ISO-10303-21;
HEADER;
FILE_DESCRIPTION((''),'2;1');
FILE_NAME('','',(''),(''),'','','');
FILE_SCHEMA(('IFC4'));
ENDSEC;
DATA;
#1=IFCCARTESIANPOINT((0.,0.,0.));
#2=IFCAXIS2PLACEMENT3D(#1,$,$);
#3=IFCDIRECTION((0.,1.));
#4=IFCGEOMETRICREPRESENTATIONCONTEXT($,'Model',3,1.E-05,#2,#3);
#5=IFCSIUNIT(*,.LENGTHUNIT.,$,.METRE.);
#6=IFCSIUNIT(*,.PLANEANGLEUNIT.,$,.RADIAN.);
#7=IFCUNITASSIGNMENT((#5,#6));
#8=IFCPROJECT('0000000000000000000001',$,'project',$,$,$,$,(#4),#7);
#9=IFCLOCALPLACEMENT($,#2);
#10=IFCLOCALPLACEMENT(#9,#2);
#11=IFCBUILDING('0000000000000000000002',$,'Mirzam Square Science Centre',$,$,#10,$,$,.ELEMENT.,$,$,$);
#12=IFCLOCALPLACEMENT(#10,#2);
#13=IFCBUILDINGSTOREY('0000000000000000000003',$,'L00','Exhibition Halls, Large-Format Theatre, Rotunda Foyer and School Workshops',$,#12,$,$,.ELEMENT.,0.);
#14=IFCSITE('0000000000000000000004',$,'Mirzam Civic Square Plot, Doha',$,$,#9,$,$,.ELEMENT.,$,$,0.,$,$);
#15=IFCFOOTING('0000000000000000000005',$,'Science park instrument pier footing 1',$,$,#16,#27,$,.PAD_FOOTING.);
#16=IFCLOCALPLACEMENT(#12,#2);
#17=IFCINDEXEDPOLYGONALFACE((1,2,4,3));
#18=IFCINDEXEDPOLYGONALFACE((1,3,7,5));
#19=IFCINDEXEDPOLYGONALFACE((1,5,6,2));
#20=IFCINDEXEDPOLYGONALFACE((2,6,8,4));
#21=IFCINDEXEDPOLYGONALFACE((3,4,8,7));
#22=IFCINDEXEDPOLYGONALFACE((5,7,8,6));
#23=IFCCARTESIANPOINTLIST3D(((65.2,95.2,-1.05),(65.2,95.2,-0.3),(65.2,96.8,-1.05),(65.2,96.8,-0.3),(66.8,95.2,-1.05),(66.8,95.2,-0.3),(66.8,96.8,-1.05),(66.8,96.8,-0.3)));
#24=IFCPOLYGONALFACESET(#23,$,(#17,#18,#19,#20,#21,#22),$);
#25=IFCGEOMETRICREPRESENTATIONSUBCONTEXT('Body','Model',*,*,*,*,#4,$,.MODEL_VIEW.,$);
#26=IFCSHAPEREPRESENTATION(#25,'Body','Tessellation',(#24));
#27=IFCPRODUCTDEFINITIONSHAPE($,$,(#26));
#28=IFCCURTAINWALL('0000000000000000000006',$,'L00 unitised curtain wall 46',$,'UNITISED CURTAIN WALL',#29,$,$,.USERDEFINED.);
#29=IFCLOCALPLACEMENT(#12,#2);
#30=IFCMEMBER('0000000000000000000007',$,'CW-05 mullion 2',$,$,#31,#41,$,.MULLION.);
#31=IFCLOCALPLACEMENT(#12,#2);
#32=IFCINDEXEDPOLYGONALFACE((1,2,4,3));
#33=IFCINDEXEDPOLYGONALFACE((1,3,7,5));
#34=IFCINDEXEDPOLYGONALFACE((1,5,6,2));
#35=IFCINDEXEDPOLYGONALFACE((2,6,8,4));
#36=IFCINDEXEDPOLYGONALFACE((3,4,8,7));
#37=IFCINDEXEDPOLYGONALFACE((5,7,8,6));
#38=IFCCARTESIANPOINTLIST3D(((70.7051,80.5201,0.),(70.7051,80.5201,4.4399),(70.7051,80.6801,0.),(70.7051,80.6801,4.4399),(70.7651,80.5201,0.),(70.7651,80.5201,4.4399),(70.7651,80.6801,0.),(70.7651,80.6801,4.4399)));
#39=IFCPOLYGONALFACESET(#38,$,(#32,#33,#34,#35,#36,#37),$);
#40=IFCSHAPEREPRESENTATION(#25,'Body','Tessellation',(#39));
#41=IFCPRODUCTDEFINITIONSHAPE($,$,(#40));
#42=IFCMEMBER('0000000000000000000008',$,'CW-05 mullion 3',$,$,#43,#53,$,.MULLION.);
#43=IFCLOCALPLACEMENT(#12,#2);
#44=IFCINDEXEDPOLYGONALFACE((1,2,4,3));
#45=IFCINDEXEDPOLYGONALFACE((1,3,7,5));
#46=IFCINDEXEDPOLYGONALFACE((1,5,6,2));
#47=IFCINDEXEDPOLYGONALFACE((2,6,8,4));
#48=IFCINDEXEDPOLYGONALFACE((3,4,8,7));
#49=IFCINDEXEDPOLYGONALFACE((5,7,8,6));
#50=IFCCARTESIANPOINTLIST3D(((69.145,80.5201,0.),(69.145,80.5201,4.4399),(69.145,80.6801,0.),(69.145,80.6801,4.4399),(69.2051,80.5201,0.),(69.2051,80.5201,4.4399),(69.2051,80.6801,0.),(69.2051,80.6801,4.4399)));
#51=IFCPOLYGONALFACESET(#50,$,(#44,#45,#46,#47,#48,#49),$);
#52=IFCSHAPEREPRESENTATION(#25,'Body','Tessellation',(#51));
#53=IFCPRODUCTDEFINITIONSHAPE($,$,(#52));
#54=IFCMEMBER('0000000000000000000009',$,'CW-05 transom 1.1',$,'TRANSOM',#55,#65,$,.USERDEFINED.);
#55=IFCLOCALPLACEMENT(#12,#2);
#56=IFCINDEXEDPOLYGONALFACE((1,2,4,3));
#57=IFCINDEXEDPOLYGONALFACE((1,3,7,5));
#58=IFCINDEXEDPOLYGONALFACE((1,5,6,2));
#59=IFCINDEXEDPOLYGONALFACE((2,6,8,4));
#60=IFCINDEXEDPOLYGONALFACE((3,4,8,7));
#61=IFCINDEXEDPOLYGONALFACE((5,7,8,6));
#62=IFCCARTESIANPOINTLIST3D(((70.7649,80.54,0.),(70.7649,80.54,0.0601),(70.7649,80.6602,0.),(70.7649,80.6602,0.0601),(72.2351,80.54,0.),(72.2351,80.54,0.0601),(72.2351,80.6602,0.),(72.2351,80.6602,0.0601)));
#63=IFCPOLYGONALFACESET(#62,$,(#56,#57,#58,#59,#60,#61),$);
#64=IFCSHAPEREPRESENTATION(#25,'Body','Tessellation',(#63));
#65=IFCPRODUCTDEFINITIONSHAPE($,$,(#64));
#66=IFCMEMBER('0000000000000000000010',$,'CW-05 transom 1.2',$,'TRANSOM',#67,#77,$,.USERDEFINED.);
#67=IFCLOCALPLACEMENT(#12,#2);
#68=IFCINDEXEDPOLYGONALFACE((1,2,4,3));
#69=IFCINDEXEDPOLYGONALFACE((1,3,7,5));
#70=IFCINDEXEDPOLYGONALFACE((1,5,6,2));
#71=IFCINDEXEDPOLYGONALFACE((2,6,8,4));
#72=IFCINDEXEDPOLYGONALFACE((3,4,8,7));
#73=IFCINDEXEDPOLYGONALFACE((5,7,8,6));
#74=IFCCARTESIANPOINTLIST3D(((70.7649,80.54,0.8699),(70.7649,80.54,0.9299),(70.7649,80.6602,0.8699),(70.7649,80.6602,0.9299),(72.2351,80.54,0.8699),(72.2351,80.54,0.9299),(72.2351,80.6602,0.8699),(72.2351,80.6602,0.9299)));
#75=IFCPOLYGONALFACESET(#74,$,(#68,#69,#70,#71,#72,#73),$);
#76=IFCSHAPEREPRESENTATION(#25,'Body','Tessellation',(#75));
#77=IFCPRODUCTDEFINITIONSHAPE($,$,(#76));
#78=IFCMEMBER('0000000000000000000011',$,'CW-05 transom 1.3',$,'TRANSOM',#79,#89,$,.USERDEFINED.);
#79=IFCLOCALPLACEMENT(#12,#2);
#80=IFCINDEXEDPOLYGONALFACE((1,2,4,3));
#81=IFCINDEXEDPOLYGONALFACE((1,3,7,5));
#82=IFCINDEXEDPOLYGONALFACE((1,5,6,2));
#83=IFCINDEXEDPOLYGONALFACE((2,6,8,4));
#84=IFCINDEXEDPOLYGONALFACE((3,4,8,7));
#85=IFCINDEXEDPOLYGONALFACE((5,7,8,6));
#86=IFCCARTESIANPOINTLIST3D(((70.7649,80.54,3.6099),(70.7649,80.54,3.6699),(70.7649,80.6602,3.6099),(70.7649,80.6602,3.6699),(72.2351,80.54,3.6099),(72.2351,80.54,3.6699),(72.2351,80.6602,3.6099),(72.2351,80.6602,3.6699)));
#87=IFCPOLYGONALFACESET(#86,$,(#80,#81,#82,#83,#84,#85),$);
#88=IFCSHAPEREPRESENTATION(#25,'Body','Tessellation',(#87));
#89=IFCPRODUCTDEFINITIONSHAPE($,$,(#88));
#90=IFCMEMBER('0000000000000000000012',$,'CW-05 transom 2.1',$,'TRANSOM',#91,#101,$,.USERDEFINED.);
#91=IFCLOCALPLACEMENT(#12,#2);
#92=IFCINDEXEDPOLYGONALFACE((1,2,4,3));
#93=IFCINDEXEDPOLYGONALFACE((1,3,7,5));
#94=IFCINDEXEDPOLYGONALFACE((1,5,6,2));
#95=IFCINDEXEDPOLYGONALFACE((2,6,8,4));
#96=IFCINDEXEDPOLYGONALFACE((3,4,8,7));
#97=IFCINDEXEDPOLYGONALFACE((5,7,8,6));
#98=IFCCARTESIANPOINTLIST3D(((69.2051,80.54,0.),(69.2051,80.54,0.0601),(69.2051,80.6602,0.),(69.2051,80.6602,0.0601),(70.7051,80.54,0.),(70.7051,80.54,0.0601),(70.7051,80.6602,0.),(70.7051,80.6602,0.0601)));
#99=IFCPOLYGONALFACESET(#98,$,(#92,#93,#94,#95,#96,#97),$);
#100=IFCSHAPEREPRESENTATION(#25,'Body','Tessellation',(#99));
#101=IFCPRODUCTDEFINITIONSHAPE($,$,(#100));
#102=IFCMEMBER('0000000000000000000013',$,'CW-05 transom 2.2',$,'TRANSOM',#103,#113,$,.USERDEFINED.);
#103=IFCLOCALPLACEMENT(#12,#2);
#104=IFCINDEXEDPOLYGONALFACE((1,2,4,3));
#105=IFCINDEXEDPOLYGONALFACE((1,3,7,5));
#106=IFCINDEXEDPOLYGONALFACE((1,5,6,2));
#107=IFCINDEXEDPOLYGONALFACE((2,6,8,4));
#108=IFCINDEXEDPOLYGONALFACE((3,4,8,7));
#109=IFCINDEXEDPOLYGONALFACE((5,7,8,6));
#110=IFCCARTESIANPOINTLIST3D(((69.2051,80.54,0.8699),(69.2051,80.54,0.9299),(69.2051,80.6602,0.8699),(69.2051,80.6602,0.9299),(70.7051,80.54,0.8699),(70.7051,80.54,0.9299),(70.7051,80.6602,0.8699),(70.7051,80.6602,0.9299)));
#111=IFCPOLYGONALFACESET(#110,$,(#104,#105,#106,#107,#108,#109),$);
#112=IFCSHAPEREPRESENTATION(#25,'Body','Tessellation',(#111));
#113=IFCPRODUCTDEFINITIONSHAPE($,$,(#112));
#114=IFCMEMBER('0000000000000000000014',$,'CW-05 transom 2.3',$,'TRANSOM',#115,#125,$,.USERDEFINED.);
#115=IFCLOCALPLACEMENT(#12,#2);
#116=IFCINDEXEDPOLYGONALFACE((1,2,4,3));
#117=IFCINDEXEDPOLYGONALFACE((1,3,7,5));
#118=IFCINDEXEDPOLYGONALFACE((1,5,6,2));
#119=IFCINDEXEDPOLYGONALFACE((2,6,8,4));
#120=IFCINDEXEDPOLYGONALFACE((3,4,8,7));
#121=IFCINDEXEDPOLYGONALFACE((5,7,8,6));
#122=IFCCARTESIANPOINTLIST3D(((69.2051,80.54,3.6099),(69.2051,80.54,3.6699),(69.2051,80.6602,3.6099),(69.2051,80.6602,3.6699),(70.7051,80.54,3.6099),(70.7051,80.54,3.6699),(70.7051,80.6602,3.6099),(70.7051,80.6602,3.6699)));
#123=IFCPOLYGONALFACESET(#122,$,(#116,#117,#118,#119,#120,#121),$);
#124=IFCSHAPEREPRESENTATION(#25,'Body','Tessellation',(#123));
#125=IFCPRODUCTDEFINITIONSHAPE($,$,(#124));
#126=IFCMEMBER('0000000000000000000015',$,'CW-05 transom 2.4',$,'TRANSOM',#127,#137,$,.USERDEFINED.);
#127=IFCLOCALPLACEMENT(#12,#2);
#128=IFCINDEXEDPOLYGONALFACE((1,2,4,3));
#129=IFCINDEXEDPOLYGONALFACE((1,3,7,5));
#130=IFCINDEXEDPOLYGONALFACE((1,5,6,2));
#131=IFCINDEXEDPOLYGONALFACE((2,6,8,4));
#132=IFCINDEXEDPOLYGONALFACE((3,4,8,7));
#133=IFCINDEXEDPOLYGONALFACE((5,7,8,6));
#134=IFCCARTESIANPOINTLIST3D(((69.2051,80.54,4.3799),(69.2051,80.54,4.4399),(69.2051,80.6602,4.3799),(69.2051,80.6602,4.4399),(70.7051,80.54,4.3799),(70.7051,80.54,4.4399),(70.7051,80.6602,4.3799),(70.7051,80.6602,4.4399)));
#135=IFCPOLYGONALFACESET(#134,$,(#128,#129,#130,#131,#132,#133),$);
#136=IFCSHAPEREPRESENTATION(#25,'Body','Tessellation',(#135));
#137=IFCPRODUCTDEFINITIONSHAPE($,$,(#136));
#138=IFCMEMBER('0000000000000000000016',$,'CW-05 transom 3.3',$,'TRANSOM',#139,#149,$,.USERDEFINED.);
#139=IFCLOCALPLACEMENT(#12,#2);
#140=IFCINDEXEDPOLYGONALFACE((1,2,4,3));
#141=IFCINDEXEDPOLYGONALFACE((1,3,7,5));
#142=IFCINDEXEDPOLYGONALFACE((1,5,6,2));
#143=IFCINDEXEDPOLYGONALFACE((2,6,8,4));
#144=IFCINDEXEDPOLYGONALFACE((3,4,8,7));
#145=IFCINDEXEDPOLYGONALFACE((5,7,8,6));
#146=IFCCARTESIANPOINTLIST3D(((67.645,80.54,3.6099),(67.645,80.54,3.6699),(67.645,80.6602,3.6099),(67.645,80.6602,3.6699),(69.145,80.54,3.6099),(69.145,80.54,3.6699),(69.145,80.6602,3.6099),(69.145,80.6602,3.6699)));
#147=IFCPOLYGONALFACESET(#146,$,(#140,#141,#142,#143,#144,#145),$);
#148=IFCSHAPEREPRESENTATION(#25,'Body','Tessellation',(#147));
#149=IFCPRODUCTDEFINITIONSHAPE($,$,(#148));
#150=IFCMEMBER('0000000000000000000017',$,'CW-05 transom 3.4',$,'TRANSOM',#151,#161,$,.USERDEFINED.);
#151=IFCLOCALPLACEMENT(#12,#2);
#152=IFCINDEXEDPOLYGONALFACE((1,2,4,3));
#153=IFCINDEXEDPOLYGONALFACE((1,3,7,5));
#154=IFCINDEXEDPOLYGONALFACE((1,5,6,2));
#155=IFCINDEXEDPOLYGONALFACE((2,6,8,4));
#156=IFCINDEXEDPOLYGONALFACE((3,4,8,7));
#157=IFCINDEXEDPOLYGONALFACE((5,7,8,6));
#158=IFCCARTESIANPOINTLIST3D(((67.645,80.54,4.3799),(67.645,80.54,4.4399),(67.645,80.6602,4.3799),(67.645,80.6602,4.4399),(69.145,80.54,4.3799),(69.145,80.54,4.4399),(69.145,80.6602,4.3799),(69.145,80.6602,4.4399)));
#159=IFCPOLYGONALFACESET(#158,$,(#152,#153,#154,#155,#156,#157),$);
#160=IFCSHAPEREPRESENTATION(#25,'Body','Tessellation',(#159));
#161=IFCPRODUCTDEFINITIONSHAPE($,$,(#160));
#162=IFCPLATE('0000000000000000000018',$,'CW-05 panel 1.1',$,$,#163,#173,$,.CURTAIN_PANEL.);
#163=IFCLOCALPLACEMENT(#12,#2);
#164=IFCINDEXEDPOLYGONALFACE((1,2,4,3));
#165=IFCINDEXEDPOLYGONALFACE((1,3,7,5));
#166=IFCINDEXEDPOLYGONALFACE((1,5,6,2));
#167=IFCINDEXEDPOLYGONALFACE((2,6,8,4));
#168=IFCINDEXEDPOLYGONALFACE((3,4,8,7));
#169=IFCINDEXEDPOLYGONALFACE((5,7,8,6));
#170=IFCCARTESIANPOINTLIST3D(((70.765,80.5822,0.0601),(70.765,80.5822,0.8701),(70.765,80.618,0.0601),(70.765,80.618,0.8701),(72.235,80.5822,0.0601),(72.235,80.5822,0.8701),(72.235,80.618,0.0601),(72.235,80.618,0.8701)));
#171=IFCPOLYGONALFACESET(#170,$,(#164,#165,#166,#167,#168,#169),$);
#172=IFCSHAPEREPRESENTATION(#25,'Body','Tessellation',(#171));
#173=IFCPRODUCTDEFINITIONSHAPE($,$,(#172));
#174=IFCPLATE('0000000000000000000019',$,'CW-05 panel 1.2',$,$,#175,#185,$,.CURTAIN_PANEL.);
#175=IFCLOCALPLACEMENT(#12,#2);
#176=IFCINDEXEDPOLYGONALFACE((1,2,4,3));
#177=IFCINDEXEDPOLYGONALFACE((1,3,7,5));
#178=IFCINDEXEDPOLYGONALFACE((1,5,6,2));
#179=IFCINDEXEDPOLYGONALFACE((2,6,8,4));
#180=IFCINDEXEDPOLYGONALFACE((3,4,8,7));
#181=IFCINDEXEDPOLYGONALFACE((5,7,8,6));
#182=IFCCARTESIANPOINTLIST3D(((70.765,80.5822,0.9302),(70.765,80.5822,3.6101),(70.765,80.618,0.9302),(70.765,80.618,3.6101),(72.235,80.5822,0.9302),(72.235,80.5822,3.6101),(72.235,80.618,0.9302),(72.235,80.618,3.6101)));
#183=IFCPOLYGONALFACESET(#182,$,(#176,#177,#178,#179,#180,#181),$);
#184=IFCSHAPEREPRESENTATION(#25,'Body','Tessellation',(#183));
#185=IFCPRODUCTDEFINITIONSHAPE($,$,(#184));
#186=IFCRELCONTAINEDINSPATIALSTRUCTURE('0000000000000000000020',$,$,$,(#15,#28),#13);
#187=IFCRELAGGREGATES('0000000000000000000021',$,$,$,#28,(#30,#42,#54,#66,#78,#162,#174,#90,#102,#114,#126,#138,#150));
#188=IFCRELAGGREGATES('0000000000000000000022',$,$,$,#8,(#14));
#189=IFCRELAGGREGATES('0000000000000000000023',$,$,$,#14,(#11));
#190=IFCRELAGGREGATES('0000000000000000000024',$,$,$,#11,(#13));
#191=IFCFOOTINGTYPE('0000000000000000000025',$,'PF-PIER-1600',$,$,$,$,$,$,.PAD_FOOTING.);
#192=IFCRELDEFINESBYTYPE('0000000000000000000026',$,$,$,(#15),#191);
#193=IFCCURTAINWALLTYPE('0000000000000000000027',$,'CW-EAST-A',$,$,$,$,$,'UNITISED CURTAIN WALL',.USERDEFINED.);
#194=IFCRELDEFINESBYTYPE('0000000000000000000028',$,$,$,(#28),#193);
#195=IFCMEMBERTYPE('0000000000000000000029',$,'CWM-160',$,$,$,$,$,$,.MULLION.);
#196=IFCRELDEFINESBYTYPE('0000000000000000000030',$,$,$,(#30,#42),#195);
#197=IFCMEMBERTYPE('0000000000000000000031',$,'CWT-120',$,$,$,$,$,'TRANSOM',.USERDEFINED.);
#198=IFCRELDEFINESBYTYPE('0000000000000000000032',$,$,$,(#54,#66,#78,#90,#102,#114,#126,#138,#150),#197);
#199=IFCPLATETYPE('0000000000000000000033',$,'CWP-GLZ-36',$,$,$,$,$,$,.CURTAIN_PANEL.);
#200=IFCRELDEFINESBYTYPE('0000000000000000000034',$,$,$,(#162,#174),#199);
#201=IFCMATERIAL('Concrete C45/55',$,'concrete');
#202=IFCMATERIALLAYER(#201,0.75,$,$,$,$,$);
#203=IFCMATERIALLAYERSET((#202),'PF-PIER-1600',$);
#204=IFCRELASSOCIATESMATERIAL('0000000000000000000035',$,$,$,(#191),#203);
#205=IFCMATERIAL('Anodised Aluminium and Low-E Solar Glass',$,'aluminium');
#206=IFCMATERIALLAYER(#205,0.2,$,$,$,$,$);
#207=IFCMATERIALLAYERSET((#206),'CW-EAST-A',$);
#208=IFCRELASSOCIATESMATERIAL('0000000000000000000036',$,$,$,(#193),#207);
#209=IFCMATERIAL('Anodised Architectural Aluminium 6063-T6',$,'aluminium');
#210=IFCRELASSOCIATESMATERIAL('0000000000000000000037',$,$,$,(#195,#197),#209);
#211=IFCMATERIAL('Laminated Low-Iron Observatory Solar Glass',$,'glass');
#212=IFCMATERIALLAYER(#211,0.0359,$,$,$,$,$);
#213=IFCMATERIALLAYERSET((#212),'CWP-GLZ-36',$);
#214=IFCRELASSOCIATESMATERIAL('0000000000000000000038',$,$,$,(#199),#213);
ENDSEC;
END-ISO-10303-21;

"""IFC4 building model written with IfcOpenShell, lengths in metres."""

from ifc_helpers import new_model, si_unit, direction, frame, origin, origin_2d, place, context, subcontext, project, spatial, rectangle, extrude, material, layer, layer_set, material_profile, profile_set, type_object, element, aggregate, save


model = new_model("IFC4")

# Units and contexts
model_context = context("Model", 3, precision=1e-05, world=origin(), true_north=direction((0.0, 1.0)))
body_context = subcontext(model_context, "Body", "Model", "MODEL_VIEW")
ifc_project = project(units=[si_unit("LENGTHUNIT", "METRE"), si_unit("PLANEANGLEUNIT", "RADIAN")], contexts=[model_context])

# Site, building, storey
site_placement = place(None, origin())
site = spatial("IfcSite", under=ifc_project, at=site_placement, Name="Mirzam Civic Square Plot, Doha", CompositionType="ELEMENT", RefElevation=0.0)
building_placement = place(site_placement, origin())
building = spatial("IfcBuilding", under=site, at=building_placement, Name="Mirzam Square Science Centre", CompositionType="ELEMENT")
storey_placement = place(building_placement, origin())
storey = spatial("IfcBuildingStorey", under=building, at=storey_placement, Name="L00", Description="Exhibition Halls, Large-Format Theatre, Rotunda Foyer and School Workshops", CompositionType="ELEMENT", Elevation=0.0)

# Footing
ifc_material_1 = material(Name="Concrete C45/55", Category="concrete")
ifc_layer_1 = layer(ifc_material_1, 0.75)
ifc_layer_set_1 = layer_set([ifc_layer_1], Name="PF-PIER-1600")
footing_type = type_object("IfcFootingType", Name="PF-PIER-1600", PredefinedType="PAD_FOOTING", material=ifc_layer_set_1)
footing_placement = place(storey_placement, frame((66.0, 96.0, -1.05), z_axis=(0.0, 0.0, 1.0), x_axis=(1.0, 0.0, 0.0)))
element("IfcFooting", 1, at=footing_placement, inside=storey, type_object=footing_type, Name="Science park instrument pier footing 1", PredefinedType="PAD_FOOTING", context=body_context, shape_type="SweptSolid", body=[
    extrude(rectangle(XDim=1.6001, YDim=1.6001, at=origin_2d()), origin(), (0.0, 0.0, 1.0), 0.75),
])

# Curtain wall, members, plates
ifc_material_2 = material(Name="Anodised Aluminium and Low-E Solar Glass", Category="aluminium")
ifc_layer_2 = layer(ifc_material_2, 0.2)
ifc_layer_set_2 = layer_set([ifc_layer_2], Name="CW-EAST-A")
curtain_wall_type = type_object("IfcCurtainWallType", Name="CW-EAST-A", ElementType="UNITISED CURTAIN WALL", PredefinedType="USERDEFINED", material=ifc_layer_set_2)
curtain_wall_placement = place(storey_placement, origin())
curtain_wall = element("IfcCurtainWall", 2, at=curtain_wall_placement, inside=storey, type_object=curtain_wall_type, Name="L00 unitised curtain wall 46", ObjectType="UNITISED CURTAIN WALL", PredefinedType="USERDEFINED")
ifc_material_3 = material(Name="Anodised Architectural Aluminium 6063-T6", Category="aluminium")
ifc_material_profile_1 = material_profile(ifc_material_3, rectangle(XDim=0.0601, YDim=0.1599, at=origin_2d()), Name="ALU-MULL-160x60x4")
ifc_profile_set_1 = profile_set([ifc_material_profile_1], Name="Anodised Architectural Aluminium 6063-T6")
member_type_1 = type_object("IfcMemberType", Name="CWM-160", PredefinedType="MULLION", material=ifc_profile_set_1)
member_1_placement = place(storey_placement, frame((70.7351, 80.6001, 0.0), z_axis=(0.0, 0.0, 1.0), x_axis=(-1.0, 0.0, 0.0)))
member_1 = element("IfcMember", 3, at=member_1_placement, type_object=member_type_1, Name="CW-05 mullion 2", PredefinedType="MULLION", context=body_context, shape_type="SweptSolid", body=[
    extrude(rectangle(XDim=0.0601, YDim=0.1599, at=origin_2d()), origin(), (0.0, 0.0, 1.0), 4.4399),
])
member_2_placement = place(storey_placement, frame((69.175, 80.6001, 0.0), z_axis=(0.0, 0.0, 1.0), x_axis=(-1.0, 0.0, 0.0)))
member_2 = element("IfcMember", 4, at=member_2_placement, type_object=member_type_1, Name="CW-05 mullion 3", PredefinedType="MULLION", context=body_context, shape_type="SweptSolid", body=[
    extrude(rectangle(XDim=0.0601, YDim=0.1599, at=origin_2d()), origin(), (0.0, 0.0, 1.0), 4.4399),
])
ifc_material_profile_2 = material_profile(ifc_material_3, rectangle(XDim=0.1201, YDim=0.0601, at=origin_2d()), Name="ALU-TRAN-120x60x4")
ifc_profile_set_2 = profile_set([ifc_material_profile_2], Name="Anodised Architectural Aluminium 6063-T6")
member_type_2 = type_object("IfcMemberType", Name="CWT-120", ElementType="TRANSOM", PredefinedType="USERDEFINED", material=ifc_profile_set_2)
member_3_placement = place(storey_placement, frame((72.2351, 80.6001, 0.03), z_axis=(-1.0, 0.0, 0.0), x_axis=(0.0, -1.0, 0.0)))
member_3 = element("IfcMember", 5, at=member_3_placement, type_object=member_type_2, Name="CW-05 transom 1.1", ObjectType="TRANSOM", PredefinedType="USERDEFINED", context=body_context, shape_type="SweptSolid", body=[
    extrude(rectangle(XDim=0.1201, YDim=0.0601, at=origin_2d()), origin(), (0.0, 0.0, 1.0), 1.4702),
])
member_4_placement = place(storey_placement, frame((72.2351, 80.6001, 0.8999), z_axis=(-1.0, 0.0, 0.0), x_axis=(0.0, -1.0, 0.0)))
member_4 = element("IfcMember", 6, at=member_4_placement, type_object=member_type_2, Name="CW-05 transom 1.2", ObjectType="TRANSOM", PredefinedType="USERDEFINED", context=body_context, shape_type="SweptSolid", body=[
    extrude(rectangle(XDim=0.1201, YDim=0.0601, at=origin_2d()), origin(), (0.0, 0.0, 1.0), 1.4702),
])
member_5_placement = place(storey_placement, frame((72.2351, 80.6001, 3.6399), z_axis=(-1.0, 0.0, 0.0), x_axis=(0.0, -1.0, 0.0)))
member_5 = element("IfcMember", 7, at=member_5_placement, type_object=member_type_2, Name="CW-05 transom 1.3", ObjectType="TRANSOM", PredefinedType="USERDEFINED", context=body_context, shape_type="SweptSolid", body=[
    extrude(rectangle(XDim=0.1201, YDim=0.0601, at=origin_2d()), origin(), (0.0, 0.0, 1.0), 1.4702),
])
member_6_placement = place(storey_placement, frame((70.7051, 80.6001, 0.03), z_axis=(-1.0, 0.0, 0.0), x_axis=(0.0, -1.0, 0.0)))
member_6 = element("IfcMember", 8, at=member_6_placement, type_object=member_type_2, Name="CW-05 transom 2.1", ObjectType="TRANSOM", PredefinedType="USERDEFINED", context=body_context, shape_type="SweptSolid", body=[
    extrude(rectangle(XDim=0.1201, YDim=0.0601, at=origin_2d()), origin(), (0.0, 0.0, 1.0), 1.5),
])
member_7_placement = place(storey_placement, frame((70.7051, 80.6001, 0.8999), z_axis=(-1.0, 0.0, 0.0), x_axis=(0.0, -1.0, 0.0)))
member_7 = element("IfcMember", 9, at=member_7_placement, type_object=member_type_2, Name="CW-05 transom 2.2", ObjectType="TRANSOM", PredefinedType="USERDEFINED", context=body_context, shape_type="SweptSolid", body=[
    extrude(rectangle(XDim=0.1201, YDim=0.0601, at=origin_2d()), origin(), (0.0, 0.0, 1.0), 1.5),
])
member_8_placement = place(storey_placement, frame((70.7051, 80.6001, 3.6399), z_axis=(-1.0, 0.0, 0.0), x_axis=(0.0, -1.0, 0.0)))
member_8 = element("IfcMember", 10, at=member_8_placement, type_object=member_type_2, Name="CW-05 transom 2.3", ObjectType="TRANSOM", PredefinedType="USERDEFINED", context=body_context, shape_type="SweptSolid", body=[
    extrude(rectangle(XDim=0.1201, YDim=0.0601, at=origin_2d()), origin(), (0.0, 0.0, 1.0), 1.5),
])
member_9_placement = place(storey_placement, frame((70.7051, 80.6001, 4.4099), z_axis=(-1.0, 0.0, 0.0), x_axis=(0.0, -1.0, 0.0)))
member_9 = element("IfcMember", 11, at=member_9_placement, type_object=member_type_2, Name="CW-05 transom 2.4", ObjectType="TRANSOM", PredefinedType="USERDEFINED", context=body_context, shape_type="SweptSolid", body=[
    extrude(rectangle(XDim=0.1201, YDim=0.0601, at=origin_2d()), origin(), (0.0, 0.0, 1.0), 1.5),
])
member_10_placement = place(storey_placement, frame((69.145, 80.6001, 3.6399), z_axis=(-1.0, 0.0, 0.0), x_axis=(0.0, -1.0, 0.0)))
member_10 = element("IfcMember", 12, at=member_10_placement, type_object=member_type_2, Name="CW-05 transom 3.3", ObjectType="TRANSOM", PredefinedType="USERDEFINED", context=body_context, shape_type="SweptSolid", body=[
    extrude(rectangle(XDim=0.1201, YDim=0.0601, at=origin_2d()), origin(), (0.0, 0.0, 1.0), 1.5),
])
member_11_placement = place(storey_placement, frame((69.145, 80.6001, 4.4099), z_axis=(-1.0, 0.0, 0.0), x_axis=(0.0, -1.0, 0.0)))
member_11 = element("IfcMember", 13, at=member_11_placement, type_object=member_type_2, Name="CW-05 transom 3.4", ObjectType="TRANSOM", PredefinedType="USERDEFINED", context=body_context, shape_type="SweptSolid", body=[
    extrude(rectangle(XDim=0.1201, YDim=0.0601, at=origin_2d()), origin(), (0.0, 0.0, 1.0), 1.5),
])
ifc_material_4 = material(Name="Laminated Low-Iron Observatory Solar Glass", Category="glass")
ifc_layer_3 = layer(ifc_material_4, 0.0359)
ifc_layer_set_3 = layer_set([ifc_layer_3], Name="CWP-GLZ-36")
plate_type = type_object("IfcPlateType", Name="CWP-GLZ-36", PredefinedType="CURTAIN_PANEL", material=ifc_layer_set_3)
plate_1_placement = place(storey_placement, frame((71.5, 80.6001, 0.0601), z_axis=(0.0, 0.0, 1.0), x_axis=(-1.0, 0.0, 0.0)))
plate_1 = element("IfcPlate", 14, at=plate_1_placement, type_object=plate_type, Name="CW-05 panel 1.1", PredefinedType="CURTAIN_PANEL", context=body_context, shape_type="SweptSolid", body=[
    extrude(rectangle(XDim=1.47, YDim=0.0359, at=origin_2d()), origin(), (0.0, 0.0, 1.0), 0.8101),
])
plate_2_placement = place(storey_placement, frame((71.5, 80.6001, 0.9302), z_axis=(0.0, 0.0, 1.0), x_axis=(-1.0, 0.0, 0.0)))
plate_2 = element("IfcPlate", 15, at=plate_2_placement, type_object=plate_type, Name="CW-05 panel 1.2", PredefinedType="CURTAIN_PANEL", context=body_context, shape_type="SweptSolid", body=[
    extrude(rectangle(XDim=1.47, YDim=0.0359, at=origin_2d()), origin(), (0.0, 0.0, 1.0), 2.6799),
])
aggregate(curtain_wall, [member_1, member_2, member_3, member_4, member_5, plate_1, plate_2, member_6, member_7, member_8, member_9, member_10, member_11])

save(model, "model.ifc")
